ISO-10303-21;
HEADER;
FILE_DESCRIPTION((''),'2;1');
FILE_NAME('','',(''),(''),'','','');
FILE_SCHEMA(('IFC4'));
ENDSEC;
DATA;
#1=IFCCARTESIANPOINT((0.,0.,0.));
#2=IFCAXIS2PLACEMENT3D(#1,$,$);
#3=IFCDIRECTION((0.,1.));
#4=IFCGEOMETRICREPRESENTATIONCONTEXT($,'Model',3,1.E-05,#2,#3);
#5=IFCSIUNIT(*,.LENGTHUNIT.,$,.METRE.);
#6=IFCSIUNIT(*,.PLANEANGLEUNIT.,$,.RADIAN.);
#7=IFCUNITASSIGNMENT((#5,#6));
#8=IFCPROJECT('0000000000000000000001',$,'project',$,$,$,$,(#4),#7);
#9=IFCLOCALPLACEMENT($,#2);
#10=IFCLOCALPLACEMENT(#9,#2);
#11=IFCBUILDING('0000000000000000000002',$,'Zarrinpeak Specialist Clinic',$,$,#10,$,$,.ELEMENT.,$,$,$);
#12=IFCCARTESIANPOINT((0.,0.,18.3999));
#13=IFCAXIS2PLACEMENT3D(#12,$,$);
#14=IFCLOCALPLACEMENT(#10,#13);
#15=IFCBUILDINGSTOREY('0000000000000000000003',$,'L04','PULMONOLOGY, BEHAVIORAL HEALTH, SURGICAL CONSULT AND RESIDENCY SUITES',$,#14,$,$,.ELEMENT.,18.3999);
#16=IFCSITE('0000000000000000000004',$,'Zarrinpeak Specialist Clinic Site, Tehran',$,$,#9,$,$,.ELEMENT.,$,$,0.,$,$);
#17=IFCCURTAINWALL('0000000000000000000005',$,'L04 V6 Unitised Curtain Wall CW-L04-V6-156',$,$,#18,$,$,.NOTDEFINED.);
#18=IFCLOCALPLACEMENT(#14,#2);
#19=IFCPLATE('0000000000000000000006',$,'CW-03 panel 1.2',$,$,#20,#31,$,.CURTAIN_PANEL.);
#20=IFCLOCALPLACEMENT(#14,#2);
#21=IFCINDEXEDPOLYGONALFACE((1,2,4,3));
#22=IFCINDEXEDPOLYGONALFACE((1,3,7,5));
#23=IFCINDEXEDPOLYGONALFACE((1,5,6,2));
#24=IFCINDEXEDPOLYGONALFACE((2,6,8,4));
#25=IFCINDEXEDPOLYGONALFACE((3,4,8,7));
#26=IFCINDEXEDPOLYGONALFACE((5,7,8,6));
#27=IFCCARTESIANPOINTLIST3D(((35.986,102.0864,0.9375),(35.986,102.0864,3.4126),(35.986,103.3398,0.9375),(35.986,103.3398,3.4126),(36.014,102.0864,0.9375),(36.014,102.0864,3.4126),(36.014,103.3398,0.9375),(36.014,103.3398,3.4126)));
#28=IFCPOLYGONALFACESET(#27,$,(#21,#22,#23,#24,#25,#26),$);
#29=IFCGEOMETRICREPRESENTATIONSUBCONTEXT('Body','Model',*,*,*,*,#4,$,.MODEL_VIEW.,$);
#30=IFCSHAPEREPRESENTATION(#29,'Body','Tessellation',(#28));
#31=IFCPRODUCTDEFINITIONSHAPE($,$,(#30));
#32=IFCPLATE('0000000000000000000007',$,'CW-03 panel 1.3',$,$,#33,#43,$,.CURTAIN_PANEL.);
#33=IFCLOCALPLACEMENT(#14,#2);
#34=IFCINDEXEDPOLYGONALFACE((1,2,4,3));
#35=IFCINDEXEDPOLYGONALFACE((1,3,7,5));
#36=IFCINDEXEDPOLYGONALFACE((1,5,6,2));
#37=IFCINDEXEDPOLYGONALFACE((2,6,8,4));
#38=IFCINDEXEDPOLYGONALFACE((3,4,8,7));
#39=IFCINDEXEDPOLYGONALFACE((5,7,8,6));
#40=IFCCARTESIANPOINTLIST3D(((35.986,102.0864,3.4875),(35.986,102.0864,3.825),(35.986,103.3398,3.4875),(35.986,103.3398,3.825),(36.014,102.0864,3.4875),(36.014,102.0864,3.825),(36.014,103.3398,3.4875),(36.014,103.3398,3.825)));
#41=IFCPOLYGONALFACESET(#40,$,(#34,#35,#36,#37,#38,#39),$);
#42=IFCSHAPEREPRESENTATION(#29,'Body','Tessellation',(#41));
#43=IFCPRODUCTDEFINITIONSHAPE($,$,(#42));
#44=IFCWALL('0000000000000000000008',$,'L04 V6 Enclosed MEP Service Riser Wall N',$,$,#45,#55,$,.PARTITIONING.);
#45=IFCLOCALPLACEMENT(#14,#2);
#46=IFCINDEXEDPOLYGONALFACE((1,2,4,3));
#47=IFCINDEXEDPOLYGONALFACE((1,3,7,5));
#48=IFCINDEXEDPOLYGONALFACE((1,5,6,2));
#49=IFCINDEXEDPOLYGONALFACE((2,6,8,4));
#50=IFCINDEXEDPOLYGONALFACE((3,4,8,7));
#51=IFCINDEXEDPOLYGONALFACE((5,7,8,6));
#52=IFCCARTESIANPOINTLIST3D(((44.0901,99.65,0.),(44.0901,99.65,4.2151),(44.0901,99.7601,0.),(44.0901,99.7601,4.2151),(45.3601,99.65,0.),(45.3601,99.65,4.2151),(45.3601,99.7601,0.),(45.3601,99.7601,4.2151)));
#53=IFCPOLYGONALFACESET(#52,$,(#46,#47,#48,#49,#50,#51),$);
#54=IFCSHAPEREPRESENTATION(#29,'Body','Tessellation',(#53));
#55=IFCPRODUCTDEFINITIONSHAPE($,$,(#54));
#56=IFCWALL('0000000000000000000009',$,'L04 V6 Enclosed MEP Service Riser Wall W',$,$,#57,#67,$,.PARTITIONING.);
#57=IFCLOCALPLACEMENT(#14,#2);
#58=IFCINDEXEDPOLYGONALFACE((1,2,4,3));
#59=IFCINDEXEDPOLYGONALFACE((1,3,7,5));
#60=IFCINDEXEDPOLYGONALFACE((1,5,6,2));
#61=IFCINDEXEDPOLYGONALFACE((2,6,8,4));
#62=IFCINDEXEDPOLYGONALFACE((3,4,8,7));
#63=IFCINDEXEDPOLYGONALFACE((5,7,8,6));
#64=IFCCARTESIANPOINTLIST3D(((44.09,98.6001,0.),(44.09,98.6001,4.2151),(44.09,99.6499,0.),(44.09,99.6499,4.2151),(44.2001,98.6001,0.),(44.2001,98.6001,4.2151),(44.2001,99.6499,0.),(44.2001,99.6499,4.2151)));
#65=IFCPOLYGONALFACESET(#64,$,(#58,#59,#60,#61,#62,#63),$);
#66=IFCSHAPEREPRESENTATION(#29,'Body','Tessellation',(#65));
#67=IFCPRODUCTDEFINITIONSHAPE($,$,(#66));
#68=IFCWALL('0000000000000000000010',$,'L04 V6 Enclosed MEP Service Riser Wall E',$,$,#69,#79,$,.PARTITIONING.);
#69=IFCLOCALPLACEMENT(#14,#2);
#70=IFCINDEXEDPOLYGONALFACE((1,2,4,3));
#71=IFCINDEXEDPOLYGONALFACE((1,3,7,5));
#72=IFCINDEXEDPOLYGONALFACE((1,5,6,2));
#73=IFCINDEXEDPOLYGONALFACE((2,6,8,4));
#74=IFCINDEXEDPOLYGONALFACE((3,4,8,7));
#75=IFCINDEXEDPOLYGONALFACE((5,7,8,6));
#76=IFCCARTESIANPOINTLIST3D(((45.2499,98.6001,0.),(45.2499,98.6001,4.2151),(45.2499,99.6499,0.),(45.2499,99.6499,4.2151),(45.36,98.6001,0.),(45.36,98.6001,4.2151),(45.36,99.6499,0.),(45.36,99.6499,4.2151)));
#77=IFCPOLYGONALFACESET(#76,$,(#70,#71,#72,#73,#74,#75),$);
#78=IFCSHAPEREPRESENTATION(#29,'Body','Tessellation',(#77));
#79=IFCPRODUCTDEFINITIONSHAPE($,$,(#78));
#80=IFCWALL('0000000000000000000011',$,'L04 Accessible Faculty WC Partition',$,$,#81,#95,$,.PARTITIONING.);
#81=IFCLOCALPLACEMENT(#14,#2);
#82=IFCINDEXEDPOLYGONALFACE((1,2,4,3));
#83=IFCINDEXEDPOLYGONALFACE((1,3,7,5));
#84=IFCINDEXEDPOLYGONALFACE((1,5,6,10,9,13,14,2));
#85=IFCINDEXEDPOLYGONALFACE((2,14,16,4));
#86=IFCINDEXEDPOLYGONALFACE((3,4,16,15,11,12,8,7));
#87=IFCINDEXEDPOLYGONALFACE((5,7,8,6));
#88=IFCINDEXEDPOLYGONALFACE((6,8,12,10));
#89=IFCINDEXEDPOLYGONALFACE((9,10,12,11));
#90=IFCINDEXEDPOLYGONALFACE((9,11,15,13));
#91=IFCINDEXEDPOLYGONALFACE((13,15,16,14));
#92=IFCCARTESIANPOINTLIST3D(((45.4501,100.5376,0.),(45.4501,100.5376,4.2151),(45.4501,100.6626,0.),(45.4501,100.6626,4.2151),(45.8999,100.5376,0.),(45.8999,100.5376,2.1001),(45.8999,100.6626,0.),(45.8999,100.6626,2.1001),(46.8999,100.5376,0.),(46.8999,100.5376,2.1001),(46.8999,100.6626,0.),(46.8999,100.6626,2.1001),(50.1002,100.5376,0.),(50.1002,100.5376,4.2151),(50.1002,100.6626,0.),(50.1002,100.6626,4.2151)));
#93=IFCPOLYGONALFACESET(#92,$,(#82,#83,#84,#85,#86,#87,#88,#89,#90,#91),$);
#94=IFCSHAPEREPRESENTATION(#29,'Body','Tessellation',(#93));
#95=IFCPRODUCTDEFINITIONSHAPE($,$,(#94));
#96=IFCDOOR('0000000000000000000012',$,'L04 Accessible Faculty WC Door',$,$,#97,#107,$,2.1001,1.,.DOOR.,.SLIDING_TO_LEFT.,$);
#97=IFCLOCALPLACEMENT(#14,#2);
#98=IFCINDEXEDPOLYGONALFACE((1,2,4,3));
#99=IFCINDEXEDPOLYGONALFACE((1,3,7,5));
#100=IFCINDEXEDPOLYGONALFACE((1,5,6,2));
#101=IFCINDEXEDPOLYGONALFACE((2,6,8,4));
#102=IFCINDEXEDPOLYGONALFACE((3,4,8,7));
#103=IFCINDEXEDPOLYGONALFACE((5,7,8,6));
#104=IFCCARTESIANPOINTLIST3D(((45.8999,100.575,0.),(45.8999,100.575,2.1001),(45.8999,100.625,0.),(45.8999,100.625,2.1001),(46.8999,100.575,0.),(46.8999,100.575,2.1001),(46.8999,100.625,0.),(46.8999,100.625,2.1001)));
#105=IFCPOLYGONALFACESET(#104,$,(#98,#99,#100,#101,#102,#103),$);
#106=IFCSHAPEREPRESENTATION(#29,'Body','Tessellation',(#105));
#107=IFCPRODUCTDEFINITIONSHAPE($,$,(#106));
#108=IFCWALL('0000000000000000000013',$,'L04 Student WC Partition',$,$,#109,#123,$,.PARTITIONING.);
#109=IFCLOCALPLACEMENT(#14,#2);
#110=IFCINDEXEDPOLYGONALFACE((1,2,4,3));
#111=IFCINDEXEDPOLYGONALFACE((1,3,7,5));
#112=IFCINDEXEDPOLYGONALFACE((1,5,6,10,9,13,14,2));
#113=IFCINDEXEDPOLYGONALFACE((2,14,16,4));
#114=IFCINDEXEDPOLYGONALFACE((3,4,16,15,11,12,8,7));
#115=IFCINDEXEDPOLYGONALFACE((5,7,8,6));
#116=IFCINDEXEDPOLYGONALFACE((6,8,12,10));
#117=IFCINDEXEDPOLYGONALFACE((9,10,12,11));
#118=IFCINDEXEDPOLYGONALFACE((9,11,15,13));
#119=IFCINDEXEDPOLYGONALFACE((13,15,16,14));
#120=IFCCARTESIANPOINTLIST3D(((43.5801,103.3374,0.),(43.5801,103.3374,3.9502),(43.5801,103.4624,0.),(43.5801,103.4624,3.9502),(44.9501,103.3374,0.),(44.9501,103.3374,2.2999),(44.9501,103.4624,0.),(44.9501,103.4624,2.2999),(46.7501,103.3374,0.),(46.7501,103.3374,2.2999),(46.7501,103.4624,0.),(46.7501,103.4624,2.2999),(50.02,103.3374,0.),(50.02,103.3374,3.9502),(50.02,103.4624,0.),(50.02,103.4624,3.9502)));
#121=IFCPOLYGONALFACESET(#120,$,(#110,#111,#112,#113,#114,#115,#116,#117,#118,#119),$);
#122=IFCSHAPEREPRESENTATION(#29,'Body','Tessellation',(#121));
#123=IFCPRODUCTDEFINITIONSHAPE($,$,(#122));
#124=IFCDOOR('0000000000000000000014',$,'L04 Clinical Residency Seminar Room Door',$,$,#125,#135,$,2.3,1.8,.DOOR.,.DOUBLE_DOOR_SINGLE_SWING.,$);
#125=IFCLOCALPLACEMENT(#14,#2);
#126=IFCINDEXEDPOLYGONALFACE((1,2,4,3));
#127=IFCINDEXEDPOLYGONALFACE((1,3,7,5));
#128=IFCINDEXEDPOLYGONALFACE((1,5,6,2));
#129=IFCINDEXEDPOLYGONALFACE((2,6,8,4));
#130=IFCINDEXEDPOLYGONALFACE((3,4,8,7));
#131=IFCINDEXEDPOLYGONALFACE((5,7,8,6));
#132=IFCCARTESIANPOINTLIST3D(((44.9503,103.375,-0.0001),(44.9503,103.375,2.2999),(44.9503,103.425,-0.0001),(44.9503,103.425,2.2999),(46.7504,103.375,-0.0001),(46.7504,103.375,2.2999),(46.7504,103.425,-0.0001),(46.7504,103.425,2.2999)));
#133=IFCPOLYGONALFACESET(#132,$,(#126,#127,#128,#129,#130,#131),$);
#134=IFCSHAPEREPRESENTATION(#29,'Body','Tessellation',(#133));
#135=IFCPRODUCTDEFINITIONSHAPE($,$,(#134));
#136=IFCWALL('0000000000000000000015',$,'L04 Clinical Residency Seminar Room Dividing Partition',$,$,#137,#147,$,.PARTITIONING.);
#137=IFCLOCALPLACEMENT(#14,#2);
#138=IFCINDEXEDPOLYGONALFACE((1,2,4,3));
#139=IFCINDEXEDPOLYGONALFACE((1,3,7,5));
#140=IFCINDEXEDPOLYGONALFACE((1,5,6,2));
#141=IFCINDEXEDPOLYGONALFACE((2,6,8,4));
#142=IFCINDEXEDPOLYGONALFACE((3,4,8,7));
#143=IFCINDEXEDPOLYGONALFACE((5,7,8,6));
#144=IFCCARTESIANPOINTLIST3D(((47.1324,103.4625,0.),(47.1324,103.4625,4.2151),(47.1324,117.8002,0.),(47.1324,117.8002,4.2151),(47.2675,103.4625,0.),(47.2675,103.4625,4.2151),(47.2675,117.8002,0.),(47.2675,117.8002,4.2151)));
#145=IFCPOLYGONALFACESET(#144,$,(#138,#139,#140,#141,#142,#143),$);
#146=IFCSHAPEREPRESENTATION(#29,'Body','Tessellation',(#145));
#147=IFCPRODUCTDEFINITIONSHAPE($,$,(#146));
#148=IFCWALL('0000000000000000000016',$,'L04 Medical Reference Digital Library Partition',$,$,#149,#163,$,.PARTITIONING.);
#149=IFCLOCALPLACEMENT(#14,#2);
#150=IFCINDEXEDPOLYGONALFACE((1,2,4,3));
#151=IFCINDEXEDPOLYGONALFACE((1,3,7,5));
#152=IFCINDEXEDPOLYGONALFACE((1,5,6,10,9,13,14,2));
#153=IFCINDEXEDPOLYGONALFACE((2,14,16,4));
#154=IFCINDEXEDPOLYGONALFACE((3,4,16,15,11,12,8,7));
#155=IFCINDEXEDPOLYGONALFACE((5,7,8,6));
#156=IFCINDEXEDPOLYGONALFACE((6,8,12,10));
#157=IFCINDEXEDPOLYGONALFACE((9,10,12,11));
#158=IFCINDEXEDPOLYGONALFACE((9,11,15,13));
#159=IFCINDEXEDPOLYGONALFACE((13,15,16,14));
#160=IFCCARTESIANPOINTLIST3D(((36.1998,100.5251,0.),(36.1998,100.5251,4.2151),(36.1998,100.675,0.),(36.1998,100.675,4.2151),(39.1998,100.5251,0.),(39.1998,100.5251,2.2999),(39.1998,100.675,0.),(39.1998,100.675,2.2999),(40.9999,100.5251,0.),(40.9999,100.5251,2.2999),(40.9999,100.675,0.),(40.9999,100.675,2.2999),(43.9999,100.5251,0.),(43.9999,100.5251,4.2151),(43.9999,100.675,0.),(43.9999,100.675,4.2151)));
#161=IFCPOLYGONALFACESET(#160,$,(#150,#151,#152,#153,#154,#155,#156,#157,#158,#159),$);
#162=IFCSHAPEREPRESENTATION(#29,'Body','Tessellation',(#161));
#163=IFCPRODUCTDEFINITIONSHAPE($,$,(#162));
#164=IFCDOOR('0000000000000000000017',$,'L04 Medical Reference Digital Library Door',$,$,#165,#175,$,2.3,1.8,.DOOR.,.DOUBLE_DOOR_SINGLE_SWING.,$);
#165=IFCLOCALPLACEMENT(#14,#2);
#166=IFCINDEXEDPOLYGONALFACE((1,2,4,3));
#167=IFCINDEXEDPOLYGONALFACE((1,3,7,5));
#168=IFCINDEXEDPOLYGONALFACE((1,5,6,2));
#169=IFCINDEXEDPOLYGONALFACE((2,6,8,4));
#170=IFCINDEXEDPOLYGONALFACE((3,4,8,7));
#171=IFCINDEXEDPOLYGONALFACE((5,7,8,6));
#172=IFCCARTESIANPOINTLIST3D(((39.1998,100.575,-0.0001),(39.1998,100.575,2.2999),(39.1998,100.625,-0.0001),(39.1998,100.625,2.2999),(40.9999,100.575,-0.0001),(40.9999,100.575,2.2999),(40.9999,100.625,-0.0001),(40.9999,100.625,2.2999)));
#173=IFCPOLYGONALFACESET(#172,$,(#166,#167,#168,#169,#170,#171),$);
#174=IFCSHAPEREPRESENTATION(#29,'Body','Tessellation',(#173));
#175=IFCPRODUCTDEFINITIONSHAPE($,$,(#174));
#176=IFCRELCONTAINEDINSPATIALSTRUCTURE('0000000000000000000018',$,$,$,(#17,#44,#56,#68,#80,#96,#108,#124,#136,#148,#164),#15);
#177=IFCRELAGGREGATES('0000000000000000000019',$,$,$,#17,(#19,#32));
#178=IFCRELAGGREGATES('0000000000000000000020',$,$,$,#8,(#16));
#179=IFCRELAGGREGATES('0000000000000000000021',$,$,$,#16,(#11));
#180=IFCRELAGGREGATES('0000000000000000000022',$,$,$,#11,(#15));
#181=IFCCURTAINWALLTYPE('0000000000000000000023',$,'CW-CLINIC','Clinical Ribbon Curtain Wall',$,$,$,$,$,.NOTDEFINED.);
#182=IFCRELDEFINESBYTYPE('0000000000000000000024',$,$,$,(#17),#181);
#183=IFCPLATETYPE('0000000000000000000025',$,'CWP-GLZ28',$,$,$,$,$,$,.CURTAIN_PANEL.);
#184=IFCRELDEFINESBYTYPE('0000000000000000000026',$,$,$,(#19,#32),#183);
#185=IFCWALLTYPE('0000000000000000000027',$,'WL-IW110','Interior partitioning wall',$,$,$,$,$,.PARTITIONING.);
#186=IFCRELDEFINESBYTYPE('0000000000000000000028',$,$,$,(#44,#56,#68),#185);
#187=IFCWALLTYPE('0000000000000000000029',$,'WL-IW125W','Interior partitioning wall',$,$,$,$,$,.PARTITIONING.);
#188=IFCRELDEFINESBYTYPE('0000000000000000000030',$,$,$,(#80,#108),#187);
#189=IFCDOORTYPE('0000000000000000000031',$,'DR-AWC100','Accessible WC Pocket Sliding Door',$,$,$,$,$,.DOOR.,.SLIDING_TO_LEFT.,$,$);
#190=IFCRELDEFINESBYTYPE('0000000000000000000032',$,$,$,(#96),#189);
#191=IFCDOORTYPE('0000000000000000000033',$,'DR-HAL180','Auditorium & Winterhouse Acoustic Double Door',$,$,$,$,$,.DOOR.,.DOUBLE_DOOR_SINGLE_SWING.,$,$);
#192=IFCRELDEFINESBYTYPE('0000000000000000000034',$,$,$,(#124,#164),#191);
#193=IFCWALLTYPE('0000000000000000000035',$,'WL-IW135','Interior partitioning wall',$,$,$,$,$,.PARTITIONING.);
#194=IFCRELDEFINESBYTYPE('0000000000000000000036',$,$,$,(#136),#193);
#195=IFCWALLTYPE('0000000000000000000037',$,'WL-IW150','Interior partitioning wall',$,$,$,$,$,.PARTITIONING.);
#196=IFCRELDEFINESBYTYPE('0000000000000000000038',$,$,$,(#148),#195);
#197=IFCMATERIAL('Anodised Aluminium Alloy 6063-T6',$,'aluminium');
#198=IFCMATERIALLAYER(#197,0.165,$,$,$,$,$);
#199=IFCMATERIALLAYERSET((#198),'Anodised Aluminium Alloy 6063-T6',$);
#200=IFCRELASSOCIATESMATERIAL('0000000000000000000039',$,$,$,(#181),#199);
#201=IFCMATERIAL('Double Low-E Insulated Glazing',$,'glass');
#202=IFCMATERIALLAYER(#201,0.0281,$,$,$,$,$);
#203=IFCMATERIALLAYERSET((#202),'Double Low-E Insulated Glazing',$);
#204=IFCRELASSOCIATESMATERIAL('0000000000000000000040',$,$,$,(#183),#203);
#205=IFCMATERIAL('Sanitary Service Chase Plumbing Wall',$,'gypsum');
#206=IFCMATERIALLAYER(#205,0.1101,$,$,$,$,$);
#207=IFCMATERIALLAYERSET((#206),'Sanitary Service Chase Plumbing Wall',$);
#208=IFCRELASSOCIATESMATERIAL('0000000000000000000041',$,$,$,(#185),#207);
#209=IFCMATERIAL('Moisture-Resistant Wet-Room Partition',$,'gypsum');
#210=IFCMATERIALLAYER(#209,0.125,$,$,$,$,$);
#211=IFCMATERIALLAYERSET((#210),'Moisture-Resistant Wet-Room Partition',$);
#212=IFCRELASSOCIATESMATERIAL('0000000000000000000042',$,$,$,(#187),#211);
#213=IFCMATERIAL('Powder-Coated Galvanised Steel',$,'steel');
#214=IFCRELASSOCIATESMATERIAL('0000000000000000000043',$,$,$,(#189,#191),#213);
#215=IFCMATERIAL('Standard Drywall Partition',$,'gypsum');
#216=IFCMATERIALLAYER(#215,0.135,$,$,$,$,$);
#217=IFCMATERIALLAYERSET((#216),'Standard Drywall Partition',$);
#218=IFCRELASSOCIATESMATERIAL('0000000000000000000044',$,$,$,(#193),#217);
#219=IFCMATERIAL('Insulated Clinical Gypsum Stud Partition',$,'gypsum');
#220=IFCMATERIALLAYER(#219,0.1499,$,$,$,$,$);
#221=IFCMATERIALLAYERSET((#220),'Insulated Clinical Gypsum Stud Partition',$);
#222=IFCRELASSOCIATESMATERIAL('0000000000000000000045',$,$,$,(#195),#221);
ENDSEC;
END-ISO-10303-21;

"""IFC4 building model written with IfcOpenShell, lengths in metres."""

from ifc_helpers import new_model, si_unit, direction, frame, frame_2d, origin, origin_2d, place, context, subcontext, project, spatial, rectangle, extrude, material, layer, layer_set, type_object, element, fill, aggregate, save


model = new_model("IFC4")

# Units and contexts
model_context = context("Model", 3, precision=1e-05, world=origin(), true_north=direction((0.0, 1.0)))
body_context = subcontext(model_context, "Body", "Model", "MODEL_VIEW")
ifc_project = project(units=[si_unit("LENGTHUNIT", "METRE"), si_unit("PLANEANGLEUNIT", "RADIAN")], contexts=[model_context])

# Site, building, storey
site_placement = place(None, origin())
site = spatial("IfcSite", under=ifc_project, at=site_placement, Name="Zarrinpeak Specialist Clinic Site, Tehran", CompositionType="ELEMENT", RefElevation=0.0)
building_placement = place(site_placement, origin())
building = spatial("IfcBuilding", under=site, at=building_placement, Name="Zarrinpeak Specialist Clinic", CompositionType="ELEMENT")
storey_placement = place(building_placement, frame((0.0, 0.0, 18.3999)))
storey = spatial("IfcBuildingStorey", under=building, at=storey_placement, Name="L04", Description="PULMONOLOGY, BEHAVIORAL HEALTH, SURGICAL CONSULT AND RESIDENCY SUITES", CompositionType="ELEMENT", Elevation=18.3999)

# Curtain wall, plates
ifc_material_1 = material(Name="Anodised Aluminium Alloy 6063-T6", Category="aluminium")
ifc_layer_1 = layer(ifc_material_1, 0.165)
ifc_layer_set_1 = layer_set([ifc_layer_1], Name="Anodised Aluminium Alloy 6063-T6")
curtain_wall_type = type_object("IfcCurtainWallType", Name="CW-CLINIC", Description="Clinical Ribbon Curtain Wall", PredefinedType="NOTDEFINED", material=ifc_layer_set_1)
curtain_wall_placement = place(storey_placement, origin())
curtain_wall = element("IfcCurtainWall", 1, at=curtain_wall_placement, inside=storey, type_object=curtain_wall_type, Name="L04 V6 Unitised Curtain Wall CW-L04-V6-156", PredefinedType="NOTDEFINED")
ifc_material_2 = material(Name="Double Low-E Insulated Glazing", Category="glass")
ifc_layer_2 = layer(ifc_material_2, 0.0281)
ifc_layer_set_2 = layer_set([ifc_layer_2], Name="Double Low-E Insulated Glazing")
plate_type = type_object("IfcPlateType", Name="CWP-GLZ28", PredefinedType="CURTAIN_PANEL", material=ifc_layer_set_2)
plate_1_placement = place(storey_placement, frame((36.0, 102.7131, 0.9375), z_axis=(0.0, 0.0, 1.0), x_axis=(0.0, -1.0, 0.0)))
plate_1 = element("IfcPlate", 2, at=plate_1_placement, type_object=plate_type, Name="CW-03 panel 1.2", PredefinedType="CURTAIN_PANEL", context=body_context, shape_type="SweptSolid", body=[
    extrude(rectangle(XDim=1.2534, YDim=0.0281, at=origin_2d()), origin(), (0.0, 0.0, 1.0), 2.4751),
])
plate_2_placement = place(storey_placement, frame((36.0, 102.7131, 3.4875), z_axis=(0.0, 0.0, 1.0), x_axis=(0.0, -1.0, 0.0)))
plate_2 = element("IfcPlate", 3, at=plate_2_placement, type_object=plate_type, Name="CW-03 panel 1.3", PredefinedType="CURTAIN_PANEL", context=body_context, shape_type="SweptSolid", body=[
    extrude(rectangle(XDim=1.2534, YDim=0.0281, at=origin_2d()), origin(), (0.0, 0.0, 1.0), 0.3374),
])
aggregate(curtain_wall, [plate_1, plate_2])

# Walls
ifc_material_3 = material(Name="Sanitary Service Chase Plumbing Wall", Category="gypsum")
ifc_layer_3 = layer(ifc_material_3, 0.1101)
ifc_layer_set_3 = layer_set([ifc_layer_3], Name="Sanitary Service Chase Plumbing Wall")
wall_type_1 = type_object("IfcWallType", Name="WL-IW110", Description="Interior partitioning wall", PredefinedType="PARTITIONING", material=ifc_layer_set_3)
wall_1_placement = place(storey_placement, frame((44.0901, 99.7051, 0.0), z_axis=(0.0, 0.0, 1.0), x_axis=(1.0, 0.0, 0.0)))
element("IfcWall", 4, at=wall_1_placement, inside=storey, type_object=wall_type_1, Name="L04 V6 Enclosed MEP Service Riser Wall N", PredefinedType="PARTITIONING", context=body_context, shape_type="SweptSolid", body=[
    extrude(rectangle(XDim=1.27, YDim=0.1101, at=frame_2d((0.635, 0.0))), origin(), (0.0, 0.0, 1.0), 4.2151),
])
for number, where, z_axis, x_axis, name in (
    (5, (44.145, 98.6001, 0.0), (0.0, 0.0, 1.0), (0.0, 1.0, 0.0), "L04 V6 Enclosed MEP Service Riser Wall W"),
    (6, (45.3049, 98.6001, 0.0), (0.0, 0.0, 1.0), (0.0, 1.0, 0.0), "L04 V6 Enclosed MEP Service Riser Wall E"),
):
    element("IfcWall", number, at=place(storey_placement, frame(where, z_axis=z_axis, x_axis=x_axis)), inside=storey, type_object=wall_type_1, Name=name, PredefinedType="PARTITIONING", context=body_context, shape_type="SweptSolid", body=[
        extrude(rectangle(XDim=1.0498, YDim=0.1101, at=frame_2d((0.5249, 0.0))), origin(), (0.0, 0.0, 1.0), 4.2151),
    ])

# Walls, openings, doors
ifc_material_4 = material(Name="Moisture-Resistant Wet-Room Partition", Category="gypsum")
ifc_layer_4 = layer(ifc_material_4, 0.125)
ifc_layer_set_4 = layer_set([ifc_layer_4], Name="Moisture-Resistant Wet-Room Partition")
wall_type_2 = type_object("IfcWallType", Name="WL-IW125W", Description="Interior partitioning wall", PredefinedType="PARTITIONING", material=ifc_layer_set_4)
wall_2_placement = place(storey_placement, frame((45.45, 100.6001, 0.0), z_axis=(0.0, 0.0, 1.0), x_axis=(1.0, 0.0, 0.0)))
wall_2 = element("IfcWall", 7, at=wall_2_placement, inside=storey, type_object=wall_type_2, Name="L04 Accessible Faculty WC Partition", PredefinedType="PARTITIONING", context=body_context, shape_type="SweptSolid", body=[
    extrude(rectangle(XDim=4.6501, YDim=0.125, at=frame_2d((2.3252, 0.0))), origin(), (0.0, 0.0, 1.0), 4.2151),
])
opening_1_placement = place(wall_2_placement, frame((0.45, 0.0, 0.0)))
opening_1 = element("IfcOpeningElement", 8, at=opening_1_placement, cuts=wall_2, PredefinedType="OPENING", context=body_context, shape_type="SweptSolid", body=[
    extrude(rectangle(XDim=1.0, YDim=2.1001, at=frame_2d((0.5, 1.05))), frame((0.0, 0.0725, 0.0), z_axis=(0.0, -1.0, 0.0), x_axis=(1.0, 0.0, 0.0)), (0.0, 0.0, 1.0), 0.145),
])
ifc_material_5 = material(Name="Powder-Coated Galvanised Steel", Category="steel")
door_type_1 = type_object("IfcDoorType", Name="DR-AWC100", Description="Accessible WC Pocket Sliding Door", OperationType="SLIDING_TO_LEFT", PredefinedType="DOOR", material=ifc_material_5)
door_1_placement = place(opening_1_placement, origin())
door_1 = element("IfcDoor", 9, at=door_1_placement, inside=storey, type_object=door_type_1, Name="L04 Accessible Faculty WC Door", OperationType="SLIDING_TO_LEFT", OverallHeight=2.1001, OverallWidth=1.0, PredefinedType="DOOR", context=body_context, shape_type="SweptSolid", body=[
    extrude(rectangle(XDim=1.0, YDim=2.1001, at=frame_2d((0.5, 1.05))), frame((0.0, 0.0249, 0.0), z_axis=(0.0, -1.0, 0.0), x_axis=(1.0, 0.0, 0.0)), (0.0, 0.0, 1.0), 0.05),
])
fill(opening_1, door_1)
wall_3_placement = place(storey_placement, frame((43.5801, 103.3999, 0.0), z_axis=(0.0, 0.0, 1.0), x_axis=(1.0, 0.0, 0.0)))
wall_3 = element("IfcWall", 10, at=wall_3_placement, inside=storey, type_object=wall_type_2, Name="L04 Student WC Partition", PredefinedType="PARTITIONING", context=body_context, shape_type="SweptSolid", body=[
    extrude(rectangle(XDim=6.4399, YDim=0.125, at=frame_2d((3.22, 0.0))), origin(), (0.0, 0.0, 1.0), 3.9502),
])
opening_2_placement = place(wall_3_placement, frame((1.3701, 0.0, 0.0)))
opening_2 = element("IfcOpeningElement", 11, at=opening_2_placement, cuts=wall_3, PredefinedType="OPENING", context=body_context, shape_type="SweptSolid", body=[
    extrude(rectangle(XDim=1.8, YDim=2.3, at=frame_2d((0.8999, 1.1499))), frame((0.0, 0.0725, 0.0), z_axis=(0.0, -1.0, 0.0), x_axis=(1.0, 0.0, 0.0)), (0.0, 0.0, 1.0), 0.145),
])
door_type_2 = type_object("IfcDoorType", Name="DR-HAL180", Description="Auditorium & Winterhouse Acoustic Double Door", OperationType="DOUBLE_DOOR_SINGLE_SWING", PredefinedType="DOOR", material=ifc_material_5)
door_2_placement = place(opening_2_placement, frame((1.8, 0.0, 0.0), z_axis=(0.0, 0.0, 1.0), x_axis=(-1.0, 0.0, 0.0)))
door_2 = element("IfcDoor", 12, at=door_2_placement, inside=storey, type_object=door_type_2, Name="L04 Clinical Residency Seminar Room Door", OperationType="DOUBLE_DOOR_SINGLE_SWING", OverallHeight=2.3, OverallWidth=1.8, PredefinedType="DOOR", context=body_context, shape_type="SweptSolid", body=[
    extrude(rectangle(XDim=1.8, YDim=2.3, at=frame_2d((0.8999, 1.1499))), frame((0.0, 0.0249, 0.0), z_axis=(0.0, -1.0, 0.0), x_axis=(1.0, 0.0, 0.0)), (0.0, 0.0, 1.0), 0.05),
])
fill(opening_2, door_2)

# Wall
ifc_material_6 = material(Name="Standard Drywall Partition", Category="gypsum")
ifc_layer_5 = layer(ifc_material_6, 0.135)
ifc_layer_set_5 = layer_set([ifc_layer_5], Name="Standard Drywall Partition")
wall_type_3 = type_object("IfcWallType", Name="WL-IW135", Description="Interior partitioning wall", PredefinedType="PARTITIONING", material=ifc_layer_set_5)
wall_4_placement = place(storey_placement, frame((47.2, 103.4624, 0.0), z_axis=(0.0, 0.0, 1.0), x_axis=(0.0, 1.0, 0.0)))
element("IfcWall", 13, at=wall_4_placement, inside=storey, type_object=wall_type_3, Name="L04 Clinical Residency Seminar Room Dividing Partition", PredefinedType="PARTITIONING", context=body_context, shape_type="SweptSolid", body=[
    extrude(rectangle(XDim=14.3376, YDim=0.135, at=frame_2d((7.1689, 0.0))), origin(), (0.0, 0.0, 1.0), 4.2151),
])

# Wall, opening, door
ifc_material_7 = material(Name="Insulated Clinical Gypsum Stud Partition", Category="gypsum")
ifc_layer_6 = layer(ifc_material_7, 0.1499)
ifc_layer_set_6 = layer_set([ifc_layer_6], Name="Insulated Clinical Gypsum Stud Partition")
wall_type_4 = type_object("IfcWallType", Name="WL-IW150", Description="Interior partitioning wall", PredefinedType="PARTITIONING", material=ifc_layer_set_6)
wall_5_placement = place(storey_placement, frame((36.2, 100.6001, 0.0), z_axis=(0.0, 0.0, 1.0), x_axis=(1.0, 0.0, 0.0)))
wall_5 = element("IfcWall", 14, at=wall_5_placement, inside=storey, type_object=wall_type_4, Name="L04 Medical Reference Digital Library Partition", PredefinedType="PARTITIONING", context=body_context, shape_type="SweptSolid", body=[
    extrude(rectangle(XDim=7.8, YDim=0.1499, at=frame_2d((3.8999, 0.0))), origin(), (0.0, 0.0, 1.0), 4.2151),
])
opening_3_placement = place(wall_5_placement, frame((3.0, 0.0, 0.0)))
opening_3 = element("IfcOpeningElement", 15, at=opening_3_placement, cuts=wall_5, PredefinedType="OPENING", context=body_context, shape_type="SweptSolid", body=[
    extrude(rectangle(XDim=1.8, YDim=2.3, at=frame_2d((0.8999, 1.1499))), frame((0.0, 0.085, 0.0), z_axis=(0.0, -1.0, 0.0), x_axis=(1.0, 0.0, 0.0)), (0.0, 0.0, 1.0), 0.1699),
])
door_3_placement = place(opening_3_placement, origin())
door_3 = element("IfcDoor", 16, at=door_3_placement, inside=storey, type_object=door_type_2, Name="L04 Medical Reference Digital Library Door", OperationType="DOUBLE_DOOR_SINGLE_SWING", OverallHeight=2.3, OverallWidth=1.8, PredefinedType="DOOR", context=body_context, shape_type="SweptSolid", body=[
    extrude(rectangle(XDim=1.8, YDim=2.3, at=frame_2d((0.8999, 1.1499))), frame((0.0, 0.0249, 0.0), z_axis=(0.0, -1.0, 0.0), x_axis=(1.0, 0.0, 0.0)), (0.0, 0.0, 1.0), 0.05),
])
fill(opening_3, door_3)

save(model, "model.ifc")
